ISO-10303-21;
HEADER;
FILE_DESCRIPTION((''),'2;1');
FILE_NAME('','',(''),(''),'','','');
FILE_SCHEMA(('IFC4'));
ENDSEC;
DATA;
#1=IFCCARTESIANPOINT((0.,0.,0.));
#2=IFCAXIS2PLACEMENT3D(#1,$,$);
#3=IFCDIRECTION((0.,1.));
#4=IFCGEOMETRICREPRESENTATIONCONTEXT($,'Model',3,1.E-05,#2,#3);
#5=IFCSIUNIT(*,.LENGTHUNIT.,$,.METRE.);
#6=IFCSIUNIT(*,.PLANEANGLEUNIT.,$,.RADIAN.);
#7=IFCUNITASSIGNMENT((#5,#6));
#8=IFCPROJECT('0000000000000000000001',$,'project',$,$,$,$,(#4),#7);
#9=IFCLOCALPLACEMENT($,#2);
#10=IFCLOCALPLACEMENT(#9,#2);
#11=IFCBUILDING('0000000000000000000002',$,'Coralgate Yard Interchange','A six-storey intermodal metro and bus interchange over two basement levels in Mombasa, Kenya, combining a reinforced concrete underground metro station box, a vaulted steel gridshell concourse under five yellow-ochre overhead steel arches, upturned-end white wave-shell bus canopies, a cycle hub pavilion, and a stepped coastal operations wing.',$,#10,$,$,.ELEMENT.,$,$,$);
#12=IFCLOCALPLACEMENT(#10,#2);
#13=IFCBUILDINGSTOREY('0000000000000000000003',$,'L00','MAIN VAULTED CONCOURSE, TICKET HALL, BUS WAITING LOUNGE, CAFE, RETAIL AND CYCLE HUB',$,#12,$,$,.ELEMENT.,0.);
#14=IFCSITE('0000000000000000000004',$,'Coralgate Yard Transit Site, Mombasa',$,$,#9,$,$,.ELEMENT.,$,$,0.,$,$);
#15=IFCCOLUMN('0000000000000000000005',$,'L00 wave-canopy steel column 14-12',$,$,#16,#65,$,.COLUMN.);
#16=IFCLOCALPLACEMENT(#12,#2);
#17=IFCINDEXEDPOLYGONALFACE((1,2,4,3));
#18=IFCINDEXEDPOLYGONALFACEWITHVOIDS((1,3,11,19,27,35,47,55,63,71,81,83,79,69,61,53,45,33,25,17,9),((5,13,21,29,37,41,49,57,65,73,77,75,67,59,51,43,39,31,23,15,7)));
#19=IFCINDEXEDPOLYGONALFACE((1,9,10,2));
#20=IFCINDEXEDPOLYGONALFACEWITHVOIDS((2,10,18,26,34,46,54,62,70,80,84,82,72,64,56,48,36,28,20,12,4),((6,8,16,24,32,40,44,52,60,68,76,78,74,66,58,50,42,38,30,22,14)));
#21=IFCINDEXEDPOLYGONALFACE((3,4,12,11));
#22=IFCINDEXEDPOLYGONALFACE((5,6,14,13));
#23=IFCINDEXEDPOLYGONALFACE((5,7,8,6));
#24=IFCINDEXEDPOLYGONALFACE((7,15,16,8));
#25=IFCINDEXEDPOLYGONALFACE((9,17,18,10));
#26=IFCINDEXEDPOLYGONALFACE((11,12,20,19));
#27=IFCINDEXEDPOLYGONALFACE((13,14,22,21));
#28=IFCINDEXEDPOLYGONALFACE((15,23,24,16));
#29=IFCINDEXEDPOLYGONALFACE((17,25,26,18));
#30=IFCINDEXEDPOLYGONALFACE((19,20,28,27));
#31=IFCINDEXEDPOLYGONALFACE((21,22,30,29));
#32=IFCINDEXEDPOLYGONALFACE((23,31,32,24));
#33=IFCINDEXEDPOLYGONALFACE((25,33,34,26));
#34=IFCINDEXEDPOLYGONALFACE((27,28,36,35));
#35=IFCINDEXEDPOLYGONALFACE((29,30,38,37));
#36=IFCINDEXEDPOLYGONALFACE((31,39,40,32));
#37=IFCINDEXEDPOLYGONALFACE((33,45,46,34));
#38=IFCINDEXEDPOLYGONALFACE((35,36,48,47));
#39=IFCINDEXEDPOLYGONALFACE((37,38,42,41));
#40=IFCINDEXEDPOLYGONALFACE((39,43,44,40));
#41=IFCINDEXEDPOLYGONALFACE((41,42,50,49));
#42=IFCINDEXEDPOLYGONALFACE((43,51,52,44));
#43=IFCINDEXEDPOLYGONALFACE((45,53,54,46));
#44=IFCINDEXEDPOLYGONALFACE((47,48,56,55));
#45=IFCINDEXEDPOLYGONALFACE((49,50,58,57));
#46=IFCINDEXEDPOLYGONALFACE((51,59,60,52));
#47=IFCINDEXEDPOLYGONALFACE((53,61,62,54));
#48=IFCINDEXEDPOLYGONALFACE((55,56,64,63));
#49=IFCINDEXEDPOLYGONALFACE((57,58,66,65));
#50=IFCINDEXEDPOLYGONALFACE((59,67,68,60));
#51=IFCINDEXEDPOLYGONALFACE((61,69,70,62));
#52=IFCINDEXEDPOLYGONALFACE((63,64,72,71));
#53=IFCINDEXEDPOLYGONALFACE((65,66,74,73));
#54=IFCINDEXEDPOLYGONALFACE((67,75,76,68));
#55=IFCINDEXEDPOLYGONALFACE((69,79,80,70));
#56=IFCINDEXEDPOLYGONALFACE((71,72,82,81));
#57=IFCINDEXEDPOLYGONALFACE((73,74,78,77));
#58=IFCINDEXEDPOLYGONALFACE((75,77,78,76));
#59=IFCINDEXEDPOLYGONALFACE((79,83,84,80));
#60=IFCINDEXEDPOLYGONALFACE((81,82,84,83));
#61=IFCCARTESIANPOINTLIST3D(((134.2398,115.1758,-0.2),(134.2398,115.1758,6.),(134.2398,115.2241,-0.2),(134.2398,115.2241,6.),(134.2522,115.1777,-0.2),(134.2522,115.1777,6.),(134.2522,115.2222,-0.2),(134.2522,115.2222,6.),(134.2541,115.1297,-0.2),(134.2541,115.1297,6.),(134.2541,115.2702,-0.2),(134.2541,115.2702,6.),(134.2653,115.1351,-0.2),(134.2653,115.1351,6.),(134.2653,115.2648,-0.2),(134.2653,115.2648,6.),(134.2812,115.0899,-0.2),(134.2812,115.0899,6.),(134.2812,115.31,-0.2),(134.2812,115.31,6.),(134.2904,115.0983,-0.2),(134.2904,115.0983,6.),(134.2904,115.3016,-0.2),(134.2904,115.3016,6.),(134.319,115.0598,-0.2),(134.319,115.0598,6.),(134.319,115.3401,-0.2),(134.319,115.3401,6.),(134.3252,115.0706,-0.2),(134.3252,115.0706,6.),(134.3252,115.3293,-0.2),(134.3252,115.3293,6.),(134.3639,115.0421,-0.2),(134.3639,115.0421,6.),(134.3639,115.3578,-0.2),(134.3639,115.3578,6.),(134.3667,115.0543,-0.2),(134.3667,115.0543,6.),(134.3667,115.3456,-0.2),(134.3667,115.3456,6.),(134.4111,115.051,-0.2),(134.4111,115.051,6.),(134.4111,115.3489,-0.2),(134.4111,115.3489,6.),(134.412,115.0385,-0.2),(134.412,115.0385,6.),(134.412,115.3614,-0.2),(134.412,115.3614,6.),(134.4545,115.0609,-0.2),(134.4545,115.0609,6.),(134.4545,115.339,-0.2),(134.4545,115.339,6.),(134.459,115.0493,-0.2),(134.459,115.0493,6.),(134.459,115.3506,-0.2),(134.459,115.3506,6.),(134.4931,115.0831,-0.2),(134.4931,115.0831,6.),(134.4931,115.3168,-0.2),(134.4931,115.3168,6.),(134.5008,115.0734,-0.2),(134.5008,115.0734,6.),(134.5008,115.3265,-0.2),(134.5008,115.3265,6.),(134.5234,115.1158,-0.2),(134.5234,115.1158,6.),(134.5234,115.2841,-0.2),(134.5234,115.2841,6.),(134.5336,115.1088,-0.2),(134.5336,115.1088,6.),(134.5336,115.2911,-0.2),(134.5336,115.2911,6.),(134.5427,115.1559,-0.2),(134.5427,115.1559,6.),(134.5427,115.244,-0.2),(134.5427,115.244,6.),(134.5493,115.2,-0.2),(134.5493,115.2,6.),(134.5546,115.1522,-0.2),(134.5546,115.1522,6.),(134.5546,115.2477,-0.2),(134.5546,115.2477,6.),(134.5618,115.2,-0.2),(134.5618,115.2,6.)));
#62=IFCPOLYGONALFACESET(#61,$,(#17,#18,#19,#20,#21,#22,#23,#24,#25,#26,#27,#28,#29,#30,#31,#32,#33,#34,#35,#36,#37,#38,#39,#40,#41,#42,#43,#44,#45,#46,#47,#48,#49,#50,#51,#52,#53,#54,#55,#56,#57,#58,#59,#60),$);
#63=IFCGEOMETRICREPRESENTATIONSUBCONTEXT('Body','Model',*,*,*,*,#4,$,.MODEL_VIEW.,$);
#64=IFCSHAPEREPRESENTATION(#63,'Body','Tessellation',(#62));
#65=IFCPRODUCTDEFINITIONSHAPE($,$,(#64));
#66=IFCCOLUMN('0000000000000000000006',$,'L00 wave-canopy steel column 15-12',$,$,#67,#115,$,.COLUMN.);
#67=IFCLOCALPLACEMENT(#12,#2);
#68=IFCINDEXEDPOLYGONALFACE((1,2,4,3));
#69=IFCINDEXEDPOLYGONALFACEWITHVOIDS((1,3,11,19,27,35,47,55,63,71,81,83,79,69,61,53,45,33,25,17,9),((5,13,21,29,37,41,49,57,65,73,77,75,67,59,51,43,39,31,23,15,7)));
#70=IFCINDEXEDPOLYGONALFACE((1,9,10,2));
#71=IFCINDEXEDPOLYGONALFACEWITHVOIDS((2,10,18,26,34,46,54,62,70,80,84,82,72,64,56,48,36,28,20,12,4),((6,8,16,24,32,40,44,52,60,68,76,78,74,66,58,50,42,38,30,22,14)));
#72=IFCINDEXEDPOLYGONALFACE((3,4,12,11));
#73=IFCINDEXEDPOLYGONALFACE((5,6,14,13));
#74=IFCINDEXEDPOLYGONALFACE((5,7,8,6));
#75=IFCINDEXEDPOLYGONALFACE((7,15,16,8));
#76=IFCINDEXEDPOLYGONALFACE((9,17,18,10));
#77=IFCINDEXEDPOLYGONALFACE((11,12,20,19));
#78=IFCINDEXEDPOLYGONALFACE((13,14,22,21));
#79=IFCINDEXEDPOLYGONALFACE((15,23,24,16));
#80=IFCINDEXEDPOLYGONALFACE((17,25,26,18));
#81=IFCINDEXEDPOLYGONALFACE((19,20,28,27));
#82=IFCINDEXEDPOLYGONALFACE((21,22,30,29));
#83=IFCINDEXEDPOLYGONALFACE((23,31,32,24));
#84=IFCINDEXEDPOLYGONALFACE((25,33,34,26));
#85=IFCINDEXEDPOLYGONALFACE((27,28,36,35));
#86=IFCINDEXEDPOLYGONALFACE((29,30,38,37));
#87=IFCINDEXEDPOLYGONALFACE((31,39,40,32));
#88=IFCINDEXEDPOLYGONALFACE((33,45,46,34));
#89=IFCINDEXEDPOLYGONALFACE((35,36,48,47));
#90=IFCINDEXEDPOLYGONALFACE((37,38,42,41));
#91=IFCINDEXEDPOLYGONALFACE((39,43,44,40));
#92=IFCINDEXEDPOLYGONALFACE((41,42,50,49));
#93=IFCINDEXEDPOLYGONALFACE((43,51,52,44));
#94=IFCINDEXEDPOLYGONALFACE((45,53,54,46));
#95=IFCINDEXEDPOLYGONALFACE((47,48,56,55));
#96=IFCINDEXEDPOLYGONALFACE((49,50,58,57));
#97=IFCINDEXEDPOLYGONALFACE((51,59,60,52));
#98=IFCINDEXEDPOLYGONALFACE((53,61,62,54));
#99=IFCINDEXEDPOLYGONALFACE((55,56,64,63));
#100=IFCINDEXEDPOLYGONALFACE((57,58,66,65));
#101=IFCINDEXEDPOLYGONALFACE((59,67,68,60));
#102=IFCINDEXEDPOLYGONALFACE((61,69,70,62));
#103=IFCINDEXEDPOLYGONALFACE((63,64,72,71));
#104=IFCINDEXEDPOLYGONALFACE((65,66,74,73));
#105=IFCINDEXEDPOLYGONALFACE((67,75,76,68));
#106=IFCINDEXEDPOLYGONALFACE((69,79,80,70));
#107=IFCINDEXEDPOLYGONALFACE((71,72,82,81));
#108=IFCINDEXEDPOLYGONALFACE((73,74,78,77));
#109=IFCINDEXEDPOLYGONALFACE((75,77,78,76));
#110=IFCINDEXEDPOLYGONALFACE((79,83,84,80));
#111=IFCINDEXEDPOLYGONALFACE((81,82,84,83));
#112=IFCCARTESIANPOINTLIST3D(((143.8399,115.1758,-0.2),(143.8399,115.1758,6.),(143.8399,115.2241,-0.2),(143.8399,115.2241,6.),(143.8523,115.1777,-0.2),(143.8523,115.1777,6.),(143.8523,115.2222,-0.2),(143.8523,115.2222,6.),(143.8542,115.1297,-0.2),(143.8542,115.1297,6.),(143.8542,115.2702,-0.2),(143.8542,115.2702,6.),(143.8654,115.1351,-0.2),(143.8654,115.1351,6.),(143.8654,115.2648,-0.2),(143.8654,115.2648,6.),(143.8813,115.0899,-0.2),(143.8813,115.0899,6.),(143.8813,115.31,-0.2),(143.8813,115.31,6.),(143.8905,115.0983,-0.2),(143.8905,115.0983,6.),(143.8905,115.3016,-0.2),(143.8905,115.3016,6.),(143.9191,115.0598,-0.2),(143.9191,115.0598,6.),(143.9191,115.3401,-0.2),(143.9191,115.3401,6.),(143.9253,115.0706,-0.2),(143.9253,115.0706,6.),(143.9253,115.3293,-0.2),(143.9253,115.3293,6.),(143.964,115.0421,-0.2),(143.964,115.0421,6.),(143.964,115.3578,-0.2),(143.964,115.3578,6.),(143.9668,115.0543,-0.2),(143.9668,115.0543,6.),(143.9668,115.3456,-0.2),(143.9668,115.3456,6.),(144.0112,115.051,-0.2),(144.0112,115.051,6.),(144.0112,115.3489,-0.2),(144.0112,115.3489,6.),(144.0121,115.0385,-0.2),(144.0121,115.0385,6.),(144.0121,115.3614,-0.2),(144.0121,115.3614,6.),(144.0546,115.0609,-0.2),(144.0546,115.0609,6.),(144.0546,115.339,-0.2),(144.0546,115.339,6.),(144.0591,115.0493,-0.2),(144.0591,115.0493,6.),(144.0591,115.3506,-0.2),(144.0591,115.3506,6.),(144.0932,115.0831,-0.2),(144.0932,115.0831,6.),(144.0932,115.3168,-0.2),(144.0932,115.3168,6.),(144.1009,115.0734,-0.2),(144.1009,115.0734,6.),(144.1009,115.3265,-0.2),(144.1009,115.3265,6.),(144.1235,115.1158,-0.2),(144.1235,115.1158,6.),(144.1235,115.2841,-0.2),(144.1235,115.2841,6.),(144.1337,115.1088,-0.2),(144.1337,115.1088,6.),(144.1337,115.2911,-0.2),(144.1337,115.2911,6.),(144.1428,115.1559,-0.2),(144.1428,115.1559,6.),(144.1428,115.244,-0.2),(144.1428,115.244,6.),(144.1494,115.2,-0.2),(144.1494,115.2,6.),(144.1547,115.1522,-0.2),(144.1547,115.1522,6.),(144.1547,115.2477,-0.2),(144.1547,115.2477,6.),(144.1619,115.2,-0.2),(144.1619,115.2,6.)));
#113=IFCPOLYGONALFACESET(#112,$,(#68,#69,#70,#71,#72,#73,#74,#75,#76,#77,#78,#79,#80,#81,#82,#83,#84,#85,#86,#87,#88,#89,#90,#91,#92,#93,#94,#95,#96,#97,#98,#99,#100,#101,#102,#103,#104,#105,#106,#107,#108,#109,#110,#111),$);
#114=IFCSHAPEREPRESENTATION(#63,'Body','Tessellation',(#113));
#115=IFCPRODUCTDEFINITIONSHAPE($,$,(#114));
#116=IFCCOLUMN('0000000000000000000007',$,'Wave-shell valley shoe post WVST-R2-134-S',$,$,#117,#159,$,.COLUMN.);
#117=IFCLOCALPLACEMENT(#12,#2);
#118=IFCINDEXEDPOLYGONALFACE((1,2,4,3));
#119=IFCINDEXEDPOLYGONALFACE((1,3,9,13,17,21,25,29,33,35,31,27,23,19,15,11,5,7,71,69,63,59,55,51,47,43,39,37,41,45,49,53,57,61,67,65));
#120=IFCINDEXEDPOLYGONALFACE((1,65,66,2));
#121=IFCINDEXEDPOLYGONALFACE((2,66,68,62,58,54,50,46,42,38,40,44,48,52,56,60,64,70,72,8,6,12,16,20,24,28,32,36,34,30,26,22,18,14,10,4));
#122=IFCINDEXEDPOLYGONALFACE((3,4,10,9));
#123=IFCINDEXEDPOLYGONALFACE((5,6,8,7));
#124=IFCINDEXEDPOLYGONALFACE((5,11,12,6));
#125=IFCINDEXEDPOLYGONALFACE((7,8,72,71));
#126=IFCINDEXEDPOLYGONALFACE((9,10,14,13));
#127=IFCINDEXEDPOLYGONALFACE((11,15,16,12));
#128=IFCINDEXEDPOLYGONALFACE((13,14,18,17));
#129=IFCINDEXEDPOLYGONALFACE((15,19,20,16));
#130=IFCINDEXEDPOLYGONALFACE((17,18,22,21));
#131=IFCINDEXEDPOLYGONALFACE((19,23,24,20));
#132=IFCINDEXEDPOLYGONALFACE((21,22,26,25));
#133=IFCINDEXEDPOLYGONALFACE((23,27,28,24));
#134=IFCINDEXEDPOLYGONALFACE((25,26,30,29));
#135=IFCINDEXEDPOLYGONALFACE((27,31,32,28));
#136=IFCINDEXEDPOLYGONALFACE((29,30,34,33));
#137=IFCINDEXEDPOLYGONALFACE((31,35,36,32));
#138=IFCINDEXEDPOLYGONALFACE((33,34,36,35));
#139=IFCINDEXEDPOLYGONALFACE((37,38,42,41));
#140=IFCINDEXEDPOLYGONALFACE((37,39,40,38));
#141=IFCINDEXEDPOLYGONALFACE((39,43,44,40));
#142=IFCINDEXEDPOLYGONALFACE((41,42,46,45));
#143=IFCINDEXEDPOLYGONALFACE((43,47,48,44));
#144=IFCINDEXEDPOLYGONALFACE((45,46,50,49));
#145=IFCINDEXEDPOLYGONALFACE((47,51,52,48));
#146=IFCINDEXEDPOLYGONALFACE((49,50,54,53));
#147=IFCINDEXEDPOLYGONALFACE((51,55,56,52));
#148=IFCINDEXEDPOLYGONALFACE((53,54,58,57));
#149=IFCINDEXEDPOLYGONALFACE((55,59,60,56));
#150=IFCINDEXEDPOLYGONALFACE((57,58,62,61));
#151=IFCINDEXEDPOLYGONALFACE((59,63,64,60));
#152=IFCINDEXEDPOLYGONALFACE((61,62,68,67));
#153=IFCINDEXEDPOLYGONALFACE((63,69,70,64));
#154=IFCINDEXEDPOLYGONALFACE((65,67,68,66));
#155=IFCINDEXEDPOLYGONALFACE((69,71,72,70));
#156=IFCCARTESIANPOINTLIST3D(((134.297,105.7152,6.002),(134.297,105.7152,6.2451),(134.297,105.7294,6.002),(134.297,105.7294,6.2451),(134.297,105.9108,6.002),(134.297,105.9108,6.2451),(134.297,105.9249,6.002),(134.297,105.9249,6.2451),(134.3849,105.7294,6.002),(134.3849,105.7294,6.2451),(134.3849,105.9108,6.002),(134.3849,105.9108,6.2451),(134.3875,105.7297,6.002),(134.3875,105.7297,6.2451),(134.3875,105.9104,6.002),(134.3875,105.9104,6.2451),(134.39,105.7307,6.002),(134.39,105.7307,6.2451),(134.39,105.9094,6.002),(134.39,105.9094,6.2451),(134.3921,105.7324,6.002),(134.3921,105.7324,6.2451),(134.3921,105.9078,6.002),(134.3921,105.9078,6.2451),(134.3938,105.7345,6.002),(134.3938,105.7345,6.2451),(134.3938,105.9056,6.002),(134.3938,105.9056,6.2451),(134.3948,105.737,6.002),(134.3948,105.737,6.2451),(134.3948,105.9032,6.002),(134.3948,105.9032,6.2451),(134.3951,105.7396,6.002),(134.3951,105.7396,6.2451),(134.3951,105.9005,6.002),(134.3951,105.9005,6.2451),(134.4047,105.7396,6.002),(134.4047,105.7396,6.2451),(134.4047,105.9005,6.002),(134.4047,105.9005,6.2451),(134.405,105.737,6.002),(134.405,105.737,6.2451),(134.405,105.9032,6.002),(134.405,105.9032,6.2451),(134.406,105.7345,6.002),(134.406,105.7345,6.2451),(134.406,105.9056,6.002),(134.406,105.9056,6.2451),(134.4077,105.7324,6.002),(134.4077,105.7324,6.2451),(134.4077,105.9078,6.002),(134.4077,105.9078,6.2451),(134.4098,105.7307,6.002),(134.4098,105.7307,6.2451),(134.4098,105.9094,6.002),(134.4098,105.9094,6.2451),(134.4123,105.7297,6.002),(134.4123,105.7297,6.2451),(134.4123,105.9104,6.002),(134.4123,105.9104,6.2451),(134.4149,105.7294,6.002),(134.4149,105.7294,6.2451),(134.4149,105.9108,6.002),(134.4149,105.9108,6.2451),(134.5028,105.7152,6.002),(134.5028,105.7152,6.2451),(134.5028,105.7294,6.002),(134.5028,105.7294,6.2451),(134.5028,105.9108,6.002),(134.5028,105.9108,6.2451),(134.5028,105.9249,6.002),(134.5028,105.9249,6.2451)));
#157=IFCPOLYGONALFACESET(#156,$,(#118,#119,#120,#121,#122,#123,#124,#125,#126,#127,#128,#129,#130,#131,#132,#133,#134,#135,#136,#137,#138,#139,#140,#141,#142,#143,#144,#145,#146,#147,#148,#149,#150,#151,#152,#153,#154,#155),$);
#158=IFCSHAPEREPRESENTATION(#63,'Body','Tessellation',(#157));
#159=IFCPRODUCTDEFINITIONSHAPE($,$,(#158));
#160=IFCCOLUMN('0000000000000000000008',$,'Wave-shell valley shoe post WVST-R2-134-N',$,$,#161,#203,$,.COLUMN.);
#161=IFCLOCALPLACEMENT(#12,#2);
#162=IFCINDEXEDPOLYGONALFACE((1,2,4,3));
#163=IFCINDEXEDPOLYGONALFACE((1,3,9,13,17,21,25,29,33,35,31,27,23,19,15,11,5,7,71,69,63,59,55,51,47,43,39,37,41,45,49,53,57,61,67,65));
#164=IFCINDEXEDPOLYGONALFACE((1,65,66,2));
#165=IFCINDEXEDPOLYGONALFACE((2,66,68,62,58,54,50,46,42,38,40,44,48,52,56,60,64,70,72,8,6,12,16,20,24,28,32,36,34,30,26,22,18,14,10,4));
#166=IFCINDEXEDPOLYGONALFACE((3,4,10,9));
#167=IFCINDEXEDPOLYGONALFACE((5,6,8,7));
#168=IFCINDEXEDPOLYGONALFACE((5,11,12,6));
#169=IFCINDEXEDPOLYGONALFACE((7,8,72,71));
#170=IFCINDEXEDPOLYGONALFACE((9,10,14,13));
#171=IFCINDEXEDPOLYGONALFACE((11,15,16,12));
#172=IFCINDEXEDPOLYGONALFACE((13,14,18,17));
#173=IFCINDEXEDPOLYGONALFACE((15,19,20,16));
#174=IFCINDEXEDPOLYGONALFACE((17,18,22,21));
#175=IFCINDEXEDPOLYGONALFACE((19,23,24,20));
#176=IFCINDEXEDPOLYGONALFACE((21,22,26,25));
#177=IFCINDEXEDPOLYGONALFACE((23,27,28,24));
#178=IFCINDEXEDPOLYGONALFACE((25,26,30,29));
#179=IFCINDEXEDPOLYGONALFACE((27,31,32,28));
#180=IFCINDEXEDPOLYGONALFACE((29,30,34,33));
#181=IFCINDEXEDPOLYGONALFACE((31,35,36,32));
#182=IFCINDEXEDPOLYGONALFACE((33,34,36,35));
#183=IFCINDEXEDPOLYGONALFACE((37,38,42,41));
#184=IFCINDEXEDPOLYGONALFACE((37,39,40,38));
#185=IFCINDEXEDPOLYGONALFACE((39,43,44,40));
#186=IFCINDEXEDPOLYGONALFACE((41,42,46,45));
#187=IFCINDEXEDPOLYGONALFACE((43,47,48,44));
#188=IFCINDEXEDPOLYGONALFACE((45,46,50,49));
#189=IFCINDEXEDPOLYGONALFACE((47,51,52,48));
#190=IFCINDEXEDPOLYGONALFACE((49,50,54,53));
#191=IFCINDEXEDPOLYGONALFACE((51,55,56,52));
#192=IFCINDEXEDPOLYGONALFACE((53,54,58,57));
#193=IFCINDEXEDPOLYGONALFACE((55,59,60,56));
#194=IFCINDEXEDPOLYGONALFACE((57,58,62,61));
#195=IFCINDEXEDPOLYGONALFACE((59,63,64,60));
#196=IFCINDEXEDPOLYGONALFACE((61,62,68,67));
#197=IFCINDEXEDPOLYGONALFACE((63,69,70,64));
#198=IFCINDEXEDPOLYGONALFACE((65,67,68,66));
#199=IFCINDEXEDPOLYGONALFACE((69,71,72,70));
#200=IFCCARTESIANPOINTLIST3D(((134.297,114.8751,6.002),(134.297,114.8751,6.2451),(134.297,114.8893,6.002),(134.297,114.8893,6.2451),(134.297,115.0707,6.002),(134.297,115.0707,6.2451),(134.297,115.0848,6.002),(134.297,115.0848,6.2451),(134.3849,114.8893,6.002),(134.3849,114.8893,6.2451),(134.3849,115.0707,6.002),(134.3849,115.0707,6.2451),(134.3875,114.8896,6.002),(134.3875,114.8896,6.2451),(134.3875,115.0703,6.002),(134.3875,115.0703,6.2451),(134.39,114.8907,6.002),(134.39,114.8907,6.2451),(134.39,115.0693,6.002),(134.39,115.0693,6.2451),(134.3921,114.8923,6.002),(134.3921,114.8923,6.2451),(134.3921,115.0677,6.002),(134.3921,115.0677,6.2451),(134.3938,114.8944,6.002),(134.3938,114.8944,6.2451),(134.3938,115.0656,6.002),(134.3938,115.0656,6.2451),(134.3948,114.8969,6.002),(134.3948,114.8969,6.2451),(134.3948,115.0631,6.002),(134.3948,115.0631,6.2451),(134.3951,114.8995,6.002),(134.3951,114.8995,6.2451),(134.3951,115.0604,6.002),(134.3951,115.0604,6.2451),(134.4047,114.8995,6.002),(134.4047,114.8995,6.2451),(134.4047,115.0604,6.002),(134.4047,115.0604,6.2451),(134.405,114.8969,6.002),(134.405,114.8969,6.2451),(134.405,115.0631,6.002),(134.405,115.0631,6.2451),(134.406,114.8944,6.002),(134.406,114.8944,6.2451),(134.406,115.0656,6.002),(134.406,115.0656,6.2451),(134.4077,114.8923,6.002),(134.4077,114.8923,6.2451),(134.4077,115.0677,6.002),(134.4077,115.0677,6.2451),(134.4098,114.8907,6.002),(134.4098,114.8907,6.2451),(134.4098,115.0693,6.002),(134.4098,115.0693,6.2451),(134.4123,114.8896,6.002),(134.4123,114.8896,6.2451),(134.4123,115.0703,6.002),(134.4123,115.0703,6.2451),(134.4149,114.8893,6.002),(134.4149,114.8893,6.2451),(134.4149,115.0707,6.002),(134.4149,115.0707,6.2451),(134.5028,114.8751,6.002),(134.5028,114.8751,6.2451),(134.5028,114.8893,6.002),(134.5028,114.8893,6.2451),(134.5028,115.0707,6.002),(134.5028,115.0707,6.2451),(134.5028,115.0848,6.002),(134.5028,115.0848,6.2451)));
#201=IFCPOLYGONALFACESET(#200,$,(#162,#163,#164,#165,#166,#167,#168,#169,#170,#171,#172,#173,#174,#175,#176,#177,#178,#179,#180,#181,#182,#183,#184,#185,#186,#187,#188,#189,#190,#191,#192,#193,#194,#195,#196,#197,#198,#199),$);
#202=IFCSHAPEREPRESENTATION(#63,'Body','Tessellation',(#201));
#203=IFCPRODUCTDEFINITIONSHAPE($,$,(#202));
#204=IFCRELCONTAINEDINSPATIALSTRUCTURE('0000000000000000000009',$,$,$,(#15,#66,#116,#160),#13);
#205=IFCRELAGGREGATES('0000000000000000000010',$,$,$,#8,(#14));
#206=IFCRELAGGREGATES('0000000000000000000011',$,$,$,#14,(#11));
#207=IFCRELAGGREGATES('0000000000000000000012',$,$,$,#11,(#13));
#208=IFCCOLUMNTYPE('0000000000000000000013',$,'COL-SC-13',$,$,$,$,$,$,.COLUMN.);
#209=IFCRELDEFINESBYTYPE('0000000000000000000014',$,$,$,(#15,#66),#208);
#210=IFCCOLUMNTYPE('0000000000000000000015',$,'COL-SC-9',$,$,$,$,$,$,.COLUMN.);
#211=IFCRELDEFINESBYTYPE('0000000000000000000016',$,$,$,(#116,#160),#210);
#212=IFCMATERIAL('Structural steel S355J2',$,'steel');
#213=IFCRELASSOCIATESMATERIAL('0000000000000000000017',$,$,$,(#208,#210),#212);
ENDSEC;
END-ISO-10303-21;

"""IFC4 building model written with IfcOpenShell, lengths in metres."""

from ifc_helpers import new_model, si_unit, direction, frame, origin, origin_2d, place, context, subcontext, project, spatial, hollow_circle, i_section, extrude, material, material_profile, profile_set, type_object, element, save


model = new_model("IFC4")

# Units and contexts
model_context = context("Model", 3, precision=1e-05, world=origin(), true_north=direction((0.0, 1.0)))
body_context = subcontext(model_context, "Body", "Model", "MODEL_VIEW")
ifc_project = project(units=[si_unit("LENGTHUNIT", "METRE"), si_unit("PLANEANGLEUNIT", "RADIAN")], contexts=[model_context])

# Site, building, storey
site_placement = place(None, origin())
site = spatial("IfcSite", under=ifc_project, at=site_placement, Name="Coralgate Yard Transit Site, Mombasa", CompositionType="ELEMENT", RefElevation=0.0)
building_placement = place(site_placement, origin())
building = spatial("IfcBuilding", under=site, at=building_placement, Name="Coralgate Yard Interchange", Description="A six-storey intermodal metro and bus interchange over two basement levels in Mombasa, Kenya, combining a reinforced concrete underground metro station box, a vaulted steel gridshell concourse under five yellow-ochre overhead steel arches, upturned-end white wave-shell bus canopies, a cycle hub pavilion, and a stepped coastal operations wing.", CompositionType="ELEMENT")
storey_placement = place(building_placement, origin())
storey = spatial("IfcBuildingStorey", under=building, at=storey_placement, Name="L00", Description="MAIN VAULTED CONCOURSE, TICKET HALL, BUS WAITING LOUNGE, CAFE, RETAIL AND CYCLE HUB", CompositionType="ELEMENT", Elevation=0.0)

# Columns
ifc_material_1 = material(Name="Structural steel S355J2", Category="steel")
ifc_material_profile_1 = material_profile(ifc_material_1, hollow_circle(Radius=0.1619, WallThickness=0.0125, at=origin_2d()), Name="CHS 323.9x12.5")
ifc_profile_set_1 = profile_set([ifc_material_profile_1], Name="Structural steel S355J2")
column_type_1 = type_object("IfcColumnType", Name="COL-SC-13", PredefinedType="COLUMN", material=ifc_profile_set_1)
for number, where, z_axis, x_axis, name in (
    (1, (134.3999, 115.2, -0.2), (0.0, 0.0, 1.0), (1.0, 0.0, 0.0), "L00 wave-canopy steel column 14-12"),
    (2, (144.0, 115.2, -0.2), (0.0, 0.0, 1.0), (1.0, 0.0, 0.0), "L00 wave-canopy steel column 15-12"),
):
    element("IfcColumn", number, at=place(storey_placement, frame(where, z_axis=z_axis, x_axis=x_axis)), inside=storey, type_object=column_type_1, Name=name, PredefinedType="COLUMN", context=body_context, shape_type="SweptSolid", body=[
        extrude(hollow_circle(Radius=0.1619, WallThickness=0.0125, at=origin_2d()), origin(), (0.0, 0.0, 1.0), 6.2),
    ])
ifc_material_profile_2 = material_profile(ifc_material_1, i_section(OverallWidth=0.2058, OverallDepth=0.2097, WebThickness=0.0095, FlangeThickness=0.0142, FilletRadius=0.0103, at=origin_2d()), Name="UC 203x203x60")
ifc_profile_set_2 = profile_set([ifc_material_profile_2], Name="Structural steel S355J2")
column_type_2 = type_object("IfcColumnType", Name="COL-SC-9", PredefinedType="COLUMN", material=ifc_profile_set_2)
for number, where, z_axis, x_axis, name in (
    (3, (134.3999, 105.8201, 6.002), (0.0, 0.0, 1.0), (1.0, 0.0, 0.0), "Wave-shell valley shoe post WVST-R2-134-S"),
    (4, (134.3999, 114.98, 6.002), (0.0, 0.0, 1.0), (1.0, 0.0, 0.0), "Wave-shell valley shoe post WVST-R2-134-N"),
):
    element("IfcColumn", number, at=place(storey_placement, frame(where, z_axis=z_axis, x_axis=x_axis)), inside=storey, type_object=column_type_2, Name=name, PredefinedType="COLUMN", context=body_context, shape_type="SweptSolid", body=[
        extrude(i_section(OverallWidth=0.2058, OverallDepth=0.2097, WebThickness=0.0095, FlangeThickness=0.0142, FilletRadius=0.0103, at=origin_2d()), origin(), (0.0, 0.0, 1.0), 0.2432),
    ])

save(model, "model.ifc")
